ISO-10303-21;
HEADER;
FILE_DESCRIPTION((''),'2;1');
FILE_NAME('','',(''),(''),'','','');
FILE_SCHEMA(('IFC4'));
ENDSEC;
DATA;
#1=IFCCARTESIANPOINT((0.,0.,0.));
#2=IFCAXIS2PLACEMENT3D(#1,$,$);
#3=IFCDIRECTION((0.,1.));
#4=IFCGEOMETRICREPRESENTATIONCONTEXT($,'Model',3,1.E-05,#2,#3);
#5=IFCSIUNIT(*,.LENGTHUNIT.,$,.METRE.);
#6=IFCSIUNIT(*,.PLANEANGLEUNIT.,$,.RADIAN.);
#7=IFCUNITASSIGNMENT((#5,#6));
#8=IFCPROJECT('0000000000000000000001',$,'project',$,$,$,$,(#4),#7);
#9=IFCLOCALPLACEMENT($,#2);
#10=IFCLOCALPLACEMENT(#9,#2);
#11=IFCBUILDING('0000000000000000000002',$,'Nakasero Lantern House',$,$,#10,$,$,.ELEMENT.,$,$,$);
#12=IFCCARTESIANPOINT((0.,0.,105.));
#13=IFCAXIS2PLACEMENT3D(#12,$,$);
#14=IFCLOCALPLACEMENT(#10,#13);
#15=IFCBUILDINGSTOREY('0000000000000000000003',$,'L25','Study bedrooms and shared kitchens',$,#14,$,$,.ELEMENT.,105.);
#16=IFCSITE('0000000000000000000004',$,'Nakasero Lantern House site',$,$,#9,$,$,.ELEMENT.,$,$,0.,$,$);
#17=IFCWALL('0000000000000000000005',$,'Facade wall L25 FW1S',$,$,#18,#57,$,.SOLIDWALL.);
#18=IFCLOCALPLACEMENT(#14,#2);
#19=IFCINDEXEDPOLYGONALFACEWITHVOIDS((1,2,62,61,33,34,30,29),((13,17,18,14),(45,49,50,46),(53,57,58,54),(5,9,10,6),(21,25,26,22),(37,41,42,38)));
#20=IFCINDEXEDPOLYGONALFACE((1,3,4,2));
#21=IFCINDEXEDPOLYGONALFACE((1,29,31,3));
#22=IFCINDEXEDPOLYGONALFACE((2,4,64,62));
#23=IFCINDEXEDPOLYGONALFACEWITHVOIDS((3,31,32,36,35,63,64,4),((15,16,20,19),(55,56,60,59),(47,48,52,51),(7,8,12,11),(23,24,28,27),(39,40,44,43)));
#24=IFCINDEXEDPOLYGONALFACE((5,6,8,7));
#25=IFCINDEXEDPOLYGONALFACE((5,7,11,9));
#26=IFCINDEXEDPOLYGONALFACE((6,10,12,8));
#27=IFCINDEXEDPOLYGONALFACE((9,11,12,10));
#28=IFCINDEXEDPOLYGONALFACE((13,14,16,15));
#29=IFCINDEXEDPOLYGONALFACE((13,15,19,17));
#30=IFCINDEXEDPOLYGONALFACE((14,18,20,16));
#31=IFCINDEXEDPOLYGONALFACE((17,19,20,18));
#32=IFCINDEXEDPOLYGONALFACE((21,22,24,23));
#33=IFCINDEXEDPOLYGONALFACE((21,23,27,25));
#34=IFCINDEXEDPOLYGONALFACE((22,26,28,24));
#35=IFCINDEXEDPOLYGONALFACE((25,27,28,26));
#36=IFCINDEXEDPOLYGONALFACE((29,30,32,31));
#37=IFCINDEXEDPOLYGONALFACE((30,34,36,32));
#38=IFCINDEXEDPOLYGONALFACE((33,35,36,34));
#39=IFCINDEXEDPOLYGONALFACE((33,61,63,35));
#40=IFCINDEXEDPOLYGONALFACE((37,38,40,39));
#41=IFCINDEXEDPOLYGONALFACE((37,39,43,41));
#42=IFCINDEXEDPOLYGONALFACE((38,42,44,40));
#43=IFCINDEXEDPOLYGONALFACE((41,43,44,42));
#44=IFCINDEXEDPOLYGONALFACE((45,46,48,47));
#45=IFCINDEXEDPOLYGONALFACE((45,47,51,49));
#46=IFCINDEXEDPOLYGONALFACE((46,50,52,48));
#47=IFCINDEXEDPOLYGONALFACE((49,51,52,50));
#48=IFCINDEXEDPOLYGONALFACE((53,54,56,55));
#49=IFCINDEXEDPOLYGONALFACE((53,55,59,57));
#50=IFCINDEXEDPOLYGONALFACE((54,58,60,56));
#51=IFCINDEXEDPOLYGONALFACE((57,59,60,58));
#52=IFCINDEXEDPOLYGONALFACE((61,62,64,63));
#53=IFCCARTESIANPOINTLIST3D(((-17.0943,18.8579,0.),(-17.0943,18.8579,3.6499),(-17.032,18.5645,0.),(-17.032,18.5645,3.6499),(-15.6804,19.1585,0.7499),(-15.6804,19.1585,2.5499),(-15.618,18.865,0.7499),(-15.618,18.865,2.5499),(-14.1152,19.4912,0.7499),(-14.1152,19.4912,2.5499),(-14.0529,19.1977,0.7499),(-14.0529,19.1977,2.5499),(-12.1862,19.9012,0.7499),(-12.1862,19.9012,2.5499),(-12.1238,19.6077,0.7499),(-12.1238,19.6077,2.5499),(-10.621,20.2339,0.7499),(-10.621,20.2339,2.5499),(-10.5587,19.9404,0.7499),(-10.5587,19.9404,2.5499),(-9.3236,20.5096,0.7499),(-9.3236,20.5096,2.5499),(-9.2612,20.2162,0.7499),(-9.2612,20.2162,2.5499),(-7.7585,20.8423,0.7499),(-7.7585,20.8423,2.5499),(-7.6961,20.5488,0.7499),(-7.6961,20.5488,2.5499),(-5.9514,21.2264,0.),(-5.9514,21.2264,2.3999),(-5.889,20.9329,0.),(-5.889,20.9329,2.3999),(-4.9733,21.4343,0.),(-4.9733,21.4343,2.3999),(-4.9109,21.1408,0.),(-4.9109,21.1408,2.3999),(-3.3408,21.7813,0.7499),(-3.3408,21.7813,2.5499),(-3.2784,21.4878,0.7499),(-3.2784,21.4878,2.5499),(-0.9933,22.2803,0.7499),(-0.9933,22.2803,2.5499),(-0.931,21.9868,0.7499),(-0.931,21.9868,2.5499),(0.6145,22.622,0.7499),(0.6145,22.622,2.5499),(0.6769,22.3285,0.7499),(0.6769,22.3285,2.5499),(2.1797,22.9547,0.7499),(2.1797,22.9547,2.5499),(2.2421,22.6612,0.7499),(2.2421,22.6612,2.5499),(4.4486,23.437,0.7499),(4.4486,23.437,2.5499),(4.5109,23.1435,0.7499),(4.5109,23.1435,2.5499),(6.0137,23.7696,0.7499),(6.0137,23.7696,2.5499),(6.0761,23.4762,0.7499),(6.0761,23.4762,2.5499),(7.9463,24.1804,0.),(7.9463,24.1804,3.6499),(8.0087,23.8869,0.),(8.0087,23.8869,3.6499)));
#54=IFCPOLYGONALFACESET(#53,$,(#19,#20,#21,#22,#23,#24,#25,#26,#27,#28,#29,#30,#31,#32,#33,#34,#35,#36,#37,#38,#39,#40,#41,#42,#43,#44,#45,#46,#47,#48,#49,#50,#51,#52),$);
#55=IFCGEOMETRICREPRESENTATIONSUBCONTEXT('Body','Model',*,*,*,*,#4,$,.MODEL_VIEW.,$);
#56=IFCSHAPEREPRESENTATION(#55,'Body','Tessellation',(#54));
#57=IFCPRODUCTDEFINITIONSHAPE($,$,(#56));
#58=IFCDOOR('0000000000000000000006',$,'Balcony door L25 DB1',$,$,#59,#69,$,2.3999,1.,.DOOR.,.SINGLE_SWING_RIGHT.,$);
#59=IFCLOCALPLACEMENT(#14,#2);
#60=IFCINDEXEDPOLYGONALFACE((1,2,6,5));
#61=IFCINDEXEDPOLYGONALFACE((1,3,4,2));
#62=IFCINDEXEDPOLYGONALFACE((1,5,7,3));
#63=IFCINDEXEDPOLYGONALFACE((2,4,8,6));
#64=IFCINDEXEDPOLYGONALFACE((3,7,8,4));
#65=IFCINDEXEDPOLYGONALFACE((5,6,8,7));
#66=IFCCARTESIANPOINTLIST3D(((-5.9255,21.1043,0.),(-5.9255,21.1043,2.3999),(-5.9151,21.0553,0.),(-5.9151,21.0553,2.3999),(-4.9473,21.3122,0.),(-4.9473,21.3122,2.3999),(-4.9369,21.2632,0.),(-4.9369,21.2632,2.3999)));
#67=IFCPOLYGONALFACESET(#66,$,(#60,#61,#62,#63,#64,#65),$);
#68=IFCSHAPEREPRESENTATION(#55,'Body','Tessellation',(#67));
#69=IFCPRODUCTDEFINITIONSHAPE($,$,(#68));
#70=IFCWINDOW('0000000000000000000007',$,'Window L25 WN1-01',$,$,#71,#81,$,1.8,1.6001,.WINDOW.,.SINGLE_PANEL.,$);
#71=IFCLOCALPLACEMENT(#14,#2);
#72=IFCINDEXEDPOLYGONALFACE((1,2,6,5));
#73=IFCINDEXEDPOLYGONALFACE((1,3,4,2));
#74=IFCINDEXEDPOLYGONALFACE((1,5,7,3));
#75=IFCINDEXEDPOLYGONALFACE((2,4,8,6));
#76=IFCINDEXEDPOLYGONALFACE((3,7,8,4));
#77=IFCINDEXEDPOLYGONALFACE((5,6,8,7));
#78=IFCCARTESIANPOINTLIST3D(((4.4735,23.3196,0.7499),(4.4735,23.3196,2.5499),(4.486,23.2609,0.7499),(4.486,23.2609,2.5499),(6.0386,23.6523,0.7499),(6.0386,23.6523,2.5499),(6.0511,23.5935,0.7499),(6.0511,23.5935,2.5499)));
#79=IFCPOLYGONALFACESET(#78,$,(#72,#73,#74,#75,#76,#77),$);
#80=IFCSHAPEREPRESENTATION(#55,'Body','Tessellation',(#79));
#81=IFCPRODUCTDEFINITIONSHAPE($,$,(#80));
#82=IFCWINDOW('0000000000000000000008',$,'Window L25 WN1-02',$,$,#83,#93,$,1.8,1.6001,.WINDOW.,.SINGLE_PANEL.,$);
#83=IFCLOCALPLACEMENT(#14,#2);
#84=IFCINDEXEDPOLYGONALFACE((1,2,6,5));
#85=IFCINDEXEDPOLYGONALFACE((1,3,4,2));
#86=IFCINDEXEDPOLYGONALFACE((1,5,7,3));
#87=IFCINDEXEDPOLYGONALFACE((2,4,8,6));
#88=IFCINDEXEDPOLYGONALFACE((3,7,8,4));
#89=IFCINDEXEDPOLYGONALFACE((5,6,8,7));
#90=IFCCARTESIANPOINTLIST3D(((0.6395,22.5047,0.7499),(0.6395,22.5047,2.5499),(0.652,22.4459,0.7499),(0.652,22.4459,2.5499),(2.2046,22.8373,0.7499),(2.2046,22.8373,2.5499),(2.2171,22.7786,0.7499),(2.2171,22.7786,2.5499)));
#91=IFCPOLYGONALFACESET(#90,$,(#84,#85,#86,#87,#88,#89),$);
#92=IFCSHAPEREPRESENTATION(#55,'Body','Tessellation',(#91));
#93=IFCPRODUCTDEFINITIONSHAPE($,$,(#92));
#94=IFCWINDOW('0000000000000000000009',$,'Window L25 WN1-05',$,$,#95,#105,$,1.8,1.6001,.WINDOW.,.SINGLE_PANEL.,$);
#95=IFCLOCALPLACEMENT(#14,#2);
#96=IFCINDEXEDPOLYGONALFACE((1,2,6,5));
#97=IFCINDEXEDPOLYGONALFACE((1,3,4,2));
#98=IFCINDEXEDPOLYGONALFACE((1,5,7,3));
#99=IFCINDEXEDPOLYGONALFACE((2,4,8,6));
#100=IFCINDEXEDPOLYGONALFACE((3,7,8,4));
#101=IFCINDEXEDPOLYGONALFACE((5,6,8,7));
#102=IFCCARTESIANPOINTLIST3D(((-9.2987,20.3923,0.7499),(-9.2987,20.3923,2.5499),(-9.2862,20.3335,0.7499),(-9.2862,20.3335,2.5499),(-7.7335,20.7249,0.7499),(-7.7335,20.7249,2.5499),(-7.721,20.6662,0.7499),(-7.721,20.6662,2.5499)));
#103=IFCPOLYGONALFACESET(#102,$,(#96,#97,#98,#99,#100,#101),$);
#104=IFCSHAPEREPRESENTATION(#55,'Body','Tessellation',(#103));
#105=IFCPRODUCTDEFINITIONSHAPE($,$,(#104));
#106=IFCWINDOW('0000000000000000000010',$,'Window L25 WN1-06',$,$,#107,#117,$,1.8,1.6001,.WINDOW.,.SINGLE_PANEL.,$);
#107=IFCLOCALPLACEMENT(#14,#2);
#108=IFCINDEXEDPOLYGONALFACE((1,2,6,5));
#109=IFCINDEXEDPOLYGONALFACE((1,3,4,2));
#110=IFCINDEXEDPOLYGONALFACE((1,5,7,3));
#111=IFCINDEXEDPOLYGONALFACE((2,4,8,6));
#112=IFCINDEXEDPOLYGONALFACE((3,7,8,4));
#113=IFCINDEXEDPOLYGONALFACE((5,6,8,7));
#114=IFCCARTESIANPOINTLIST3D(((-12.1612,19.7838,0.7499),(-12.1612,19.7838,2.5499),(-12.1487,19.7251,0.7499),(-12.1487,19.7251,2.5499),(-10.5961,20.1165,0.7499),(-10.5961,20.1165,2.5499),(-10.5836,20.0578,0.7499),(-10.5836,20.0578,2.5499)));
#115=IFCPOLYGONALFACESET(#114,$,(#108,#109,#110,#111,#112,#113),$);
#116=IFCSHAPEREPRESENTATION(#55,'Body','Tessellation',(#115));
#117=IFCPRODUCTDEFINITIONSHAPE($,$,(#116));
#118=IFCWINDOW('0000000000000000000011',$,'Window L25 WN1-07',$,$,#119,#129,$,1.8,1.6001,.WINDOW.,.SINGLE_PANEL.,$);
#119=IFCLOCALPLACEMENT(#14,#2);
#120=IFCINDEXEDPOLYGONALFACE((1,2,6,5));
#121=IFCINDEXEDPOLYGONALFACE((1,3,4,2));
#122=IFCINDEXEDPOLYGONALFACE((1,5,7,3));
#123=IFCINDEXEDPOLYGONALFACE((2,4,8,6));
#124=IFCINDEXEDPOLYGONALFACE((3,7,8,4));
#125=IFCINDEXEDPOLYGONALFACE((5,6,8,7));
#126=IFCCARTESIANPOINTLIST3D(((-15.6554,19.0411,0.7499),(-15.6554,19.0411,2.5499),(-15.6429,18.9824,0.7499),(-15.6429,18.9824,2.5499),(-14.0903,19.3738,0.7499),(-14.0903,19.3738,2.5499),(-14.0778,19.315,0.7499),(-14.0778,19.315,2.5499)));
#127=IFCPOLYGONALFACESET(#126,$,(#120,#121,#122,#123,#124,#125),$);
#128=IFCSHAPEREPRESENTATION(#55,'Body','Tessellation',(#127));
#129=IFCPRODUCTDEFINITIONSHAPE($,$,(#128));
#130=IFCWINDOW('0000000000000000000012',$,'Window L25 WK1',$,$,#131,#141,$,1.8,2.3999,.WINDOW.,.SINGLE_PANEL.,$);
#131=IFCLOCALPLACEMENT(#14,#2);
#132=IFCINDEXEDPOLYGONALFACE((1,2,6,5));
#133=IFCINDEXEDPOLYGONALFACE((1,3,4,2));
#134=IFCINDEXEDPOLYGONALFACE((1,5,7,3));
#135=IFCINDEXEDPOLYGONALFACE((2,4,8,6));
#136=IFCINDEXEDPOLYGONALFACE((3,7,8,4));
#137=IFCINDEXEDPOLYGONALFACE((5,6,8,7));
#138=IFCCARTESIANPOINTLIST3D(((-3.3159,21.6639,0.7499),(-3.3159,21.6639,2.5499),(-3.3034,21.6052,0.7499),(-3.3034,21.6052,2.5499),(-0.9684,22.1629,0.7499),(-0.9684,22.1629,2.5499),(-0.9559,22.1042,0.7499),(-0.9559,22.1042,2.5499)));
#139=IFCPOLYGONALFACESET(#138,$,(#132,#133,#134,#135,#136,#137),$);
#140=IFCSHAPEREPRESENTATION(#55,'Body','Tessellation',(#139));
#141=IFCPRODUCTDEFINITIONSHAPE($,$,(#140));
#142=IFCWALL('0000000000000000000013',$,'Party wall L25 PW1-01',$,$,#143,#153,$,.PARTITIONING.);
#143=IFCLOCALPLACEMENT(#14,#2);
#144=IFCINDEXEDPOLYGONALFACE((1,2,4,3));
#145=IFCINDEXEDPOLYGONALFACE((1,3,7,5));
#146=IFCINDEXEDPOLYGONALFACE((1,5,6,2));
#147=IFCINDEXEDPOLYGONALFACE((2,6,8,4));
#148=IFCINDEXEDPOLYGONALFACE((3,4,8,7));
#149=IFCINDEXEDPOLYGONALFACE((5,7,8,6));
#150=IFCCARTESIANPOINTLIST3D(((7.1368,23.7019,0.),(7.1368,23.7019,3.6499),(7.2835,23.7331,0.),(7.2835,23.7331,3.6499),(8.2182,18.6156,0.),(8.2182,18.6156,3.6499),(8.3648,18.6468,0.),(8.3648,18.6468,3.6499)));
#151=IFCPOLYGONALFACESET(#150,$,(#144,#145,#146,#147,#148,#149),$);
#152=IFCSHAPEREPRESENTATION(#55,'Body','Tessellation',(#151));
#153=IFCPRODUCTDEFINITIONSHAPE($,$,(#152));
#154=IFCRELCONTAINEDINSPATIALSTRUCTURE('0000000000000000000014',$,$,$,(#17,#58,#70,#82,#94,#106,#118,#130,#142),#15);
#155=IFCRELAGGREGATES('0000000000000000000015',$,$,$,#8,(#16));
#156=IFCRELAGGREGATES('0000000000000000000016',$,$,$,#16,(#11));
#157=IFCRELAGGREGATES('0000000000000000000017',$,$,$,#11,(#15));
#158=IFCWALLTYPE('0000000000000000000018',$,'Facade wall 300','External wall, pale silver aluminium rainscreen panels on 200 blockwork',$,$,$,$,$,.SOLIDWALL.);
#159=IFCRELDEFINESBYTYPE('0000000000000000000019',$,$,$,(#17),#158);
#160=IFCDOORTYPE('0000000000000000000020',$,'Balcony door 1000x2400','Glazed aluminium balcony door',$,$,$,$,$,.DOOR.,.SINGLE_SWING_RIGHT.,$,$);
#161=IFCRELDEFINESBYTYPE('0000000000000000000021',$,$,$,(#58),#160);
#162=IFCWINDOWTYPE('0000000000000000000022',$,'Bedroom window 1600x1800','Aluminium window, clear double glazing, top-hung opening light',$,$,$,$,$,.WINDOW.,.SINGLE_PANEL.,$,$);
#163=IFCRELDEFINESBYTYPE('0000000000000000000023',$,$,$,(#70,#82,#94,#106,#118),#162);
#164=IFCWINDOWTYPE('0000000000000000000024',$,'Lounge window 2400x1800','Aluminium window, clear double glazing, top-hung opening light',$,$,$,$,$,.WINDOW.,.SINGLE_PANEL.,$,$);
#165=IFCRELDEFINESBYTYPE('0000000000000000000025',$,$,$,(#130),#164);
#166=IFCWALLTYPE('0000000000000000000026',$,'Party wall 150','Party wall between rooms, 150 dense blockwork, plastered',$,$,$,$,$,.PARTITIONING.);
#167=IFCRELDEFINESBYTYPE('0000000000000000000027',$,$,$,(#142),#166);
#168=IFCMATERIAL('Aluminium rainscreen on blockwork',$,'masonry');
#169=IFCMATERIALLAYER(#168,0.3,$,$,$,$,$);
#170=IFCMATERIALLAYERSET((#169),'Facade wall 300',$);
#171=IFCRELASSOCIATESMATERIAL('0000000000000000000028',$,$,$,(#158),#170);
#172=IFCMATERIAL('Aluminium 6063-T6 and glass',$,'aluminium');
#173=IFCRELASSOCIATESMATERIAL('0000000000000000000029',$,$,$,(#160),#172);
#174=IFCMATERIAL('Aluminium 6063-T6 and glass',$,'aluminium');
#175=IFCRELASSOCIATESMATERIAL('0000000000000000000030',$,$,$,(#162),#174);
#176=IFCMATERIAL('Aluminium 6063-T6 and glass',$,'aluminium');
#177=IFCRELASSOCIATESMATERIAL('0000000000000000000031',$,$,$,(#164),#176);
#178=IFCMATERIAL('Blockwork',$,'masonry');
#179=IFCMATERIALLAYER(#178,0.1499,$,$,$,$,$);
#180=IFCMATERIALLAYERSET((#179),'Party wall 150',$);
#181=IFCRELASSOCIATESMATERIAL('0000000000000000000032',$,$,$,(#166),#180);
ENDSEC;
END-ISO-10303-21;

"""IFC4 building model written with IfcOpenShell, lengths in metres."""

from ifc_helpers import new_model, si_unit, direction, frame, frame_2d, origin, place, context, subcontext, project, spatial, rectangle, extrude, material, layer, layer_set, type_object, element, fill, save


model = new_model("IFC4")

# Units and contexts
model_context = context("Model", 3, precision=1e-05, world=origin(), true_north=direction((0.0, 1.0)))
body_context = subcontext(model_context, "Body", "Model", "MODEL_VIEW")
ifc_project = project(units=[si_unit("LENGTHUNIT", "METRE"), si_unit("PLANEANGLEUNIT", "RADIAN")], contexts=[model_context])

# Site, building, storey
site_placement = place(None, origin())
site = spatial("IfcSite", under=ifc_project, at=site_placement, Name="Nakasero Lantern House site", CompositionType="ELEMENT", RefElevation=0.0)
building_placement = place(site_placement, origin())
building = spatial("IfcBuilding", under=site, at=building_placement, Name="Nakasero Lantern House", CompositionType="ELEMENT")
storey_placement = place(building_placement, frame((0.0, 0.0, 105.0)))
storey = spatial("IfcBuildingStorey", under=building, at=storey_placement, Name="L25", Description="Study bedrooms and shared kitchens", CompositionType="ELEMENT", Elevation=105.0)

# Wall, openings, door, windows
ifc_material_1 = material(Name="Aluminium rainscreen on blockwork", Category="masonry")
ifc_layer_1 = layer(ifc_material_1, 0.3)
ifc_layer_set_1 = layer_set([ifc_layer_1], Name="Facade wall 300")
wall_type_1 = type_object("IfcWallType", Name="Facade wall 300", Description="External wall, pale silver aluminium rainscreen panels on 200 blockwork", PredefinedType="SOLIDWALL", material=ifc_layer_set_1)
wall_1_placement = place(storey_placement, frame((7.9775, 24.0337, 0.0), z_axis=(0.0, 0.0, 1.0), x_axis=(-0.978148, -0.207909, 0.0)))
wall_1 = element("IfcWall", 1, at=wall_1_placement, inside=storey, type_object=wall_type_1, Name="Facade wall L25 FW1S", PredefinedType="SOLIDWALL", context=body_context, shape_type="SweptSolid", body=[
    extrude(rectangle(XDim=25.6001, YDim=0.3, at=frame_2d((12.8, 0.0))), origin(), (0.0, 0.0, 1.0), 3.6499),
])
opening_1_placement = place(wall_1_placement, frame((1.9758, 0.0, 0.75)))
opening_1 = element("IfcOpeningElement", 2, at=opening_1_placement, cuts=wall_1, PredefinedType="OPENING", context=body_context, shape_type="SweptSolid", body=[
    extrude(rectangle(XDim=1.6001, YDim=1.8, at=frame_2d((0.8, 0.8999))), frame((0.0, 0.1699, 0.0), z_axis=(0.0, -1.0, 0.0), x_axis=(1.0, 0.0, 0.0)), (0.0, 0.0, 1.0), 0.3401),
])
opening_2_placement = place(wall_1_placement, frame((5.8955, 0.0, 0.75)))
opening_2 = element("IfcOpeningElement", 3, at=opening_2_placement, cuts=wall_1, PredefinedType="OPENING", context=body_context, shape_type="SweptSolid", body=[
    extrude(rectangle(XDim=1.6001, YDim=1.8, at=frame_2d((0.8, 0.8999))), frame((0.0, 0.1699, 0.0), z_axis=(0.0, -1.0, 0.0), x_axis=(1.0, 0.0, 0.0)), (0.0, 0.0, 1.0), 0.3401),
])
opening_3_placement = place(wall_1_placement, frame((16.0557, 0.0, 0.75)))
opening_3 = element("IfcOpeningElement", 4, at=opening_3_placement, cuts=wall_1, PredefinedType="OPENING", context=body_context, shape_type="SweptSolid", body=[
    extrude(rectangle(XDim=1.6001, YDim=1.8, at=frame_2d((0.8, 0.8999))), frame((0.0, 0.1699, 0.0), z_axis=(0.0, -1.0, 0.0), x_axis=(1.0, 0.0, 0.0)), (0.0, 0.0, 1.0), 0.3401),
])
opening_4_placement = place(wall_1_placement, frame((18.9822, 0.0, 0.75)))
opening_4 = element("IfcOpeningElement", 5, at=opening_4_placement, cuts=wall_1, PredefinedType="OPENING", context=body_context, shape_type="SweptSolid", body=[
    extrude(rectangle(XDim=1.6001, YDim=1.8, at=frame_2d((0.8, 0.8999))), frame((0.0, 0.1699, 0.0), z_axis=(0.0, -1.0, 0.0), x_axis=(1.0, 0.0, 0.0)), (0.0, 0.0, 1.0), 0.3401),
])
opening_5_placement = place(wall_1_placement, frame((22.5544, 0.0, 0.75)))
opening_5 = element("IfcOpeningElement", 6, at=opening_5_placement, cuts=wall_1, PredefinedType="OPENING", context=body_context, shape_type="SweptSolid", body=[
    extrude(rectangle(XDim=1.6001, YDim=1.8, at=frame_2d((0.8, 0.8999))), frame((0.0, 0.1699, 0.0), z_axis=(0.0, -1.0, 0.0), x_axis=(1.0, 0.0, 0.0)), (0.0, 0.0, 1.0), 0.3401),
])
opening_6_placement = place(wall_1_placement, frame((9.1394, 0.0, 0.75)))
opening_6 = element("IfcOpeningElement", 7, at=opening_6_placement, cuts=wall_1, PredefinedType="OPENING", context=body_context, shape_type="SweptSolid", body=[
    extrude(rectangle(XDim=2.3999, YDim=1.8, at=frame_2d((1.2, 0.8999))), frame((0.0, 0.1699, 0.0), z_axis=(0.0, -1.0, 0.0), x_axis=(1.0, 0.0, 0.0)), (0.0, 0.0, 1.0), 0.3401),
])
opening_7_placement = place(wall_1_placement, frame((13.2083, 0.0, 0.0)))
opening_7 = element("IfcOpeningElement", 8, at=opening_7_placement, cuts=wall_1, PredefinedType="OPENING", context=body_context, shape_type="SweptSolid", body=[
    extrude(rectangle(XDim=1.0, YDim=2.3999, at=frame_2d((0.5, 1.2))), frame((0.0, 0.1699, 0.0), z_axis=(0.0, -1.0, 0.0), x_axis=(1.0, 0.0, 0.0)), (0.0, 0.0, 1.0), 0.3401),
])
ifc_material_2 = material(Name="Aluminium 6063-T6 and glass", Category="aluminium")
door_type_1 = type_object("IfcDoorType", Name="Balcony door 1000x2400", Description="Glazed aluminium balcony door", OperationType="SINGLE_SWING_RIGHT", PredefinedType="DOOR", material=ifc_material_2)
door_1_placement = place(opening_7_placement, origin())
door_1 = element("IfcDoor", 9, at=door_1_placement, inside=storey, type_object=door_type_1, Name="Balcony door L25 DB1", OperationType="SINGLE_SWING_RIGHT", OverallHeight=2.3999, OverallWidth=1.0, PredefinedType="DOOR", context=body_context, shape_type="SweptSolid", body=[
    extrude(rectangle(XDim=1.0, YDim=2.3999, at=frame_2d((0.5, 1.2))), frame((0.0, 0.0249, 0.0), z_axis=(0.0, -1.0, 0.0), x_axis=(1.0, 0.0, 0.0)), (0.0, 0.0, 1.0), 0.05),
])
fill(opening_7, door_1)
ifc_material_3 = material(Name="Aluminium 6063-T6 and glass", Category="aluminium")
window_type_1 = type_object("IfcWindowType", Name="Bedroom window 1600x1800", Description="Aluminium window, clear double glazing, top-hung opening light", PartitioningType="SINGLE_PANEL", PredefinedType="WINDOW", material=ifc_material_3)
window_1_placement = place(opening_1_placement, origin())
window_1 = element("IfcWindow", 10, at=window_1_placement, inside=storey, type_object=window_type_1, Name="Window L25 WN1-01", OverallHeight=1.8, OverallWidth=1.6001, PartitioningType="SINGLE_PANEL", PredefinedType="WINDOW", context=body_context, shape_type="SweptSolid", body=[
    extrude(rectangle(XDim=1.6001, YDim=1.8, at=frame_2d((0.8, 0.8999))), frame((0.0, 0.03, 0.0), z_axis=(0.0, -1.0, 0.0), x_axis=(1.0, 0.0, 0.0)), (0.0, 0.0, 1.0), 0.0601),
])
fill(opening_1, window_1)
window_2_placement = place(opening_2_placement, origin())
window_2 = element("IfcWindow", 11, at=window_2_placement, inside=storey, type_object=window_type_1, Name="Window L25 WN1-02", OverallHeight=1.8, OverallWidth=1.6001, PartitioningType="SINGLE_PANEL", PredefinedType="WINDOW", context=body_context, shape_type="SweptSolid", body=[
    extrude(rectangle(XDim=1.6001, YDim=1.8, at=frame_2d((0.8, 0.8999))), frame((0.0, 0.03, 0.0), z_axis=(0.0, -1.0, 0.0), x_axis=(1.0, 0.0, 0.0)), (0.0, 0.0, 1.0), 0.0601),
])
fill(opening_2, window_2)
window_3_placement = place(opening_3_placement, origin())
window_3 = element("IfcWindow", 12, at=window_3_placement, inside=storey, type_object=window_type_1, Name="Window L25 WN1-05", OverallHeight=1.8, OverallWidth=1.6001, PartitioningType="SINGLE_PANEL", PredefinedType="WINDOW", context=body_context, shape_type="SweptSolid", body=[
    extrude(rectangle(XDim=1.6001, YDim=1.8, at=frame_2d((0.8, 0.8999))), frame((0.0, 0.03, 0.0), z_axis=(0.0, -1.0, 0.0), x_axis=(1.0, 0.0, 0.0)), (0.0, 0.0, 1.0), 0.0601),
])
fill(opening_3, window_3)
window_4_placement = place(opening_4_placement, origin())
window_4 = element("IfcWindow", 13, at=window_4_placement, inside=storey, type_object=window_type_1, Name="Window L25 WN1-06", OverallHeight=1.8, OverallWidth=1.6001, PartitioningType="SINGLE_PANEL", PredefinedType="WINDOW", context=body_context, shape_type="SweptSolid", body=[
    extrude(rectangle(XDim=1.6001, YDim=1.8, at=frame_2d((0.8, 0.8999))), frame((0.0, 0.03, 0.0), z_axis=(0.0, -1.0, 0.0), x_axis=(1.0, 0.0, 0.0)), (0.0, 0.0, 1.0), 0.0601),
])
fill(opening_4, window_4)
window_5_placement = place(opening_5_placement, origin())
window_5 = element("IfcWindow", 14, at=window_5_placement, inside=storey, type_object=window_type_1, Name="Window L25 WN1-07", OverallHeight=1.8, OverallWidth=1.6001, PartitioningType="SINGLE_PANEL", PredefinedType="WINDOW", context=body_context, shape_type="SweptSolid", body=[
    extrude(rectangle(XDim=1.6001, YDim=1.8, at=frame_2d((0.8, 0.8999))), frame((0.0, 0.03, 0.0), z_axis=(0.0, -1.0, 0.0), x_axis=(1.0, 0.0, 0.0)), (0.0, 0.0, 1.0), 0.0601),
])
fill(opening_5, window_5)
ifc_material_4 = material(Name="Aluminium 6063-T6 and glass", Category="aluminium")
window_type_2 = type_object("IfcWindowType", Name="Lounge window 2400x1800", Description="Aluminium window, clear double glazing, top-hung opening light", PartitioningType="SINGLE_PANEL", PredefinedType="WINDOW", material=ifc_material_4)
window_6_placement = place(opening_6_placement, origin())
window_6 = element("IfcWindow", 15, at=window_6_placement, inside=storey, type_object=window_type_2, Name="Window L25 WK1", OverallHeight=1.8, OverallWidth=2.3999, PartitioningType="SINGLE_PANEL", PredefinedType="WINDOW", context=body_context, shape_type="SweptSolid", body=[
    extrude(rectangle(XDim=2.3999, YDim=1.8, at=frame_2d((1.2, 0.8999))), frame((0.0, 0.03, 0.0), z_axis=(0.0, -1.0, 0.0), x_axis=(1.0, 0.0, 0.0)), (0.0, 0.0, 1.0), 0.0601),
])
fill(opening_6, window_6)

# Wall
ifc_material_5 = material(Name="Blockwork", Category="masonry")
ifc_layer_2 = layer(ifc_material_5, 0.1499)
ifc_layer_set_2 = layer_set([ifc_layer_2], Name="Party wall 150")
wall_type_2 = type_object("IfcWallType", Name="Party wall 150", Description="Party wall between rooms, 150 dense blockwork, plastered", PredefinedType="PARTITIONING", material=ifc_layer_set_2)
wall_2_placement = place(storey_placement, frame((8.2915, 18.6311, 0.0), z_axis=(0.0, 0.0, 1.0), x_axis=(-0.207948, 0.97814, 0.0)))
element("IfcWall", 16, at=wall_2_placement, inside=storey, type_object=wall_type_2, Name="Party wall L25 PW1-01", PredefinedType="PARTITIONING", context=body_context, shape_type="SweptSolid", body=[
    extrude(rectangle(XDim=5.2, YDim=0.1499, at=frame_2d((2.6001, 0.0))), origin(), (0.0, 0.0, 1.0), 3.6499),
])

save(model, "model.ifc")
